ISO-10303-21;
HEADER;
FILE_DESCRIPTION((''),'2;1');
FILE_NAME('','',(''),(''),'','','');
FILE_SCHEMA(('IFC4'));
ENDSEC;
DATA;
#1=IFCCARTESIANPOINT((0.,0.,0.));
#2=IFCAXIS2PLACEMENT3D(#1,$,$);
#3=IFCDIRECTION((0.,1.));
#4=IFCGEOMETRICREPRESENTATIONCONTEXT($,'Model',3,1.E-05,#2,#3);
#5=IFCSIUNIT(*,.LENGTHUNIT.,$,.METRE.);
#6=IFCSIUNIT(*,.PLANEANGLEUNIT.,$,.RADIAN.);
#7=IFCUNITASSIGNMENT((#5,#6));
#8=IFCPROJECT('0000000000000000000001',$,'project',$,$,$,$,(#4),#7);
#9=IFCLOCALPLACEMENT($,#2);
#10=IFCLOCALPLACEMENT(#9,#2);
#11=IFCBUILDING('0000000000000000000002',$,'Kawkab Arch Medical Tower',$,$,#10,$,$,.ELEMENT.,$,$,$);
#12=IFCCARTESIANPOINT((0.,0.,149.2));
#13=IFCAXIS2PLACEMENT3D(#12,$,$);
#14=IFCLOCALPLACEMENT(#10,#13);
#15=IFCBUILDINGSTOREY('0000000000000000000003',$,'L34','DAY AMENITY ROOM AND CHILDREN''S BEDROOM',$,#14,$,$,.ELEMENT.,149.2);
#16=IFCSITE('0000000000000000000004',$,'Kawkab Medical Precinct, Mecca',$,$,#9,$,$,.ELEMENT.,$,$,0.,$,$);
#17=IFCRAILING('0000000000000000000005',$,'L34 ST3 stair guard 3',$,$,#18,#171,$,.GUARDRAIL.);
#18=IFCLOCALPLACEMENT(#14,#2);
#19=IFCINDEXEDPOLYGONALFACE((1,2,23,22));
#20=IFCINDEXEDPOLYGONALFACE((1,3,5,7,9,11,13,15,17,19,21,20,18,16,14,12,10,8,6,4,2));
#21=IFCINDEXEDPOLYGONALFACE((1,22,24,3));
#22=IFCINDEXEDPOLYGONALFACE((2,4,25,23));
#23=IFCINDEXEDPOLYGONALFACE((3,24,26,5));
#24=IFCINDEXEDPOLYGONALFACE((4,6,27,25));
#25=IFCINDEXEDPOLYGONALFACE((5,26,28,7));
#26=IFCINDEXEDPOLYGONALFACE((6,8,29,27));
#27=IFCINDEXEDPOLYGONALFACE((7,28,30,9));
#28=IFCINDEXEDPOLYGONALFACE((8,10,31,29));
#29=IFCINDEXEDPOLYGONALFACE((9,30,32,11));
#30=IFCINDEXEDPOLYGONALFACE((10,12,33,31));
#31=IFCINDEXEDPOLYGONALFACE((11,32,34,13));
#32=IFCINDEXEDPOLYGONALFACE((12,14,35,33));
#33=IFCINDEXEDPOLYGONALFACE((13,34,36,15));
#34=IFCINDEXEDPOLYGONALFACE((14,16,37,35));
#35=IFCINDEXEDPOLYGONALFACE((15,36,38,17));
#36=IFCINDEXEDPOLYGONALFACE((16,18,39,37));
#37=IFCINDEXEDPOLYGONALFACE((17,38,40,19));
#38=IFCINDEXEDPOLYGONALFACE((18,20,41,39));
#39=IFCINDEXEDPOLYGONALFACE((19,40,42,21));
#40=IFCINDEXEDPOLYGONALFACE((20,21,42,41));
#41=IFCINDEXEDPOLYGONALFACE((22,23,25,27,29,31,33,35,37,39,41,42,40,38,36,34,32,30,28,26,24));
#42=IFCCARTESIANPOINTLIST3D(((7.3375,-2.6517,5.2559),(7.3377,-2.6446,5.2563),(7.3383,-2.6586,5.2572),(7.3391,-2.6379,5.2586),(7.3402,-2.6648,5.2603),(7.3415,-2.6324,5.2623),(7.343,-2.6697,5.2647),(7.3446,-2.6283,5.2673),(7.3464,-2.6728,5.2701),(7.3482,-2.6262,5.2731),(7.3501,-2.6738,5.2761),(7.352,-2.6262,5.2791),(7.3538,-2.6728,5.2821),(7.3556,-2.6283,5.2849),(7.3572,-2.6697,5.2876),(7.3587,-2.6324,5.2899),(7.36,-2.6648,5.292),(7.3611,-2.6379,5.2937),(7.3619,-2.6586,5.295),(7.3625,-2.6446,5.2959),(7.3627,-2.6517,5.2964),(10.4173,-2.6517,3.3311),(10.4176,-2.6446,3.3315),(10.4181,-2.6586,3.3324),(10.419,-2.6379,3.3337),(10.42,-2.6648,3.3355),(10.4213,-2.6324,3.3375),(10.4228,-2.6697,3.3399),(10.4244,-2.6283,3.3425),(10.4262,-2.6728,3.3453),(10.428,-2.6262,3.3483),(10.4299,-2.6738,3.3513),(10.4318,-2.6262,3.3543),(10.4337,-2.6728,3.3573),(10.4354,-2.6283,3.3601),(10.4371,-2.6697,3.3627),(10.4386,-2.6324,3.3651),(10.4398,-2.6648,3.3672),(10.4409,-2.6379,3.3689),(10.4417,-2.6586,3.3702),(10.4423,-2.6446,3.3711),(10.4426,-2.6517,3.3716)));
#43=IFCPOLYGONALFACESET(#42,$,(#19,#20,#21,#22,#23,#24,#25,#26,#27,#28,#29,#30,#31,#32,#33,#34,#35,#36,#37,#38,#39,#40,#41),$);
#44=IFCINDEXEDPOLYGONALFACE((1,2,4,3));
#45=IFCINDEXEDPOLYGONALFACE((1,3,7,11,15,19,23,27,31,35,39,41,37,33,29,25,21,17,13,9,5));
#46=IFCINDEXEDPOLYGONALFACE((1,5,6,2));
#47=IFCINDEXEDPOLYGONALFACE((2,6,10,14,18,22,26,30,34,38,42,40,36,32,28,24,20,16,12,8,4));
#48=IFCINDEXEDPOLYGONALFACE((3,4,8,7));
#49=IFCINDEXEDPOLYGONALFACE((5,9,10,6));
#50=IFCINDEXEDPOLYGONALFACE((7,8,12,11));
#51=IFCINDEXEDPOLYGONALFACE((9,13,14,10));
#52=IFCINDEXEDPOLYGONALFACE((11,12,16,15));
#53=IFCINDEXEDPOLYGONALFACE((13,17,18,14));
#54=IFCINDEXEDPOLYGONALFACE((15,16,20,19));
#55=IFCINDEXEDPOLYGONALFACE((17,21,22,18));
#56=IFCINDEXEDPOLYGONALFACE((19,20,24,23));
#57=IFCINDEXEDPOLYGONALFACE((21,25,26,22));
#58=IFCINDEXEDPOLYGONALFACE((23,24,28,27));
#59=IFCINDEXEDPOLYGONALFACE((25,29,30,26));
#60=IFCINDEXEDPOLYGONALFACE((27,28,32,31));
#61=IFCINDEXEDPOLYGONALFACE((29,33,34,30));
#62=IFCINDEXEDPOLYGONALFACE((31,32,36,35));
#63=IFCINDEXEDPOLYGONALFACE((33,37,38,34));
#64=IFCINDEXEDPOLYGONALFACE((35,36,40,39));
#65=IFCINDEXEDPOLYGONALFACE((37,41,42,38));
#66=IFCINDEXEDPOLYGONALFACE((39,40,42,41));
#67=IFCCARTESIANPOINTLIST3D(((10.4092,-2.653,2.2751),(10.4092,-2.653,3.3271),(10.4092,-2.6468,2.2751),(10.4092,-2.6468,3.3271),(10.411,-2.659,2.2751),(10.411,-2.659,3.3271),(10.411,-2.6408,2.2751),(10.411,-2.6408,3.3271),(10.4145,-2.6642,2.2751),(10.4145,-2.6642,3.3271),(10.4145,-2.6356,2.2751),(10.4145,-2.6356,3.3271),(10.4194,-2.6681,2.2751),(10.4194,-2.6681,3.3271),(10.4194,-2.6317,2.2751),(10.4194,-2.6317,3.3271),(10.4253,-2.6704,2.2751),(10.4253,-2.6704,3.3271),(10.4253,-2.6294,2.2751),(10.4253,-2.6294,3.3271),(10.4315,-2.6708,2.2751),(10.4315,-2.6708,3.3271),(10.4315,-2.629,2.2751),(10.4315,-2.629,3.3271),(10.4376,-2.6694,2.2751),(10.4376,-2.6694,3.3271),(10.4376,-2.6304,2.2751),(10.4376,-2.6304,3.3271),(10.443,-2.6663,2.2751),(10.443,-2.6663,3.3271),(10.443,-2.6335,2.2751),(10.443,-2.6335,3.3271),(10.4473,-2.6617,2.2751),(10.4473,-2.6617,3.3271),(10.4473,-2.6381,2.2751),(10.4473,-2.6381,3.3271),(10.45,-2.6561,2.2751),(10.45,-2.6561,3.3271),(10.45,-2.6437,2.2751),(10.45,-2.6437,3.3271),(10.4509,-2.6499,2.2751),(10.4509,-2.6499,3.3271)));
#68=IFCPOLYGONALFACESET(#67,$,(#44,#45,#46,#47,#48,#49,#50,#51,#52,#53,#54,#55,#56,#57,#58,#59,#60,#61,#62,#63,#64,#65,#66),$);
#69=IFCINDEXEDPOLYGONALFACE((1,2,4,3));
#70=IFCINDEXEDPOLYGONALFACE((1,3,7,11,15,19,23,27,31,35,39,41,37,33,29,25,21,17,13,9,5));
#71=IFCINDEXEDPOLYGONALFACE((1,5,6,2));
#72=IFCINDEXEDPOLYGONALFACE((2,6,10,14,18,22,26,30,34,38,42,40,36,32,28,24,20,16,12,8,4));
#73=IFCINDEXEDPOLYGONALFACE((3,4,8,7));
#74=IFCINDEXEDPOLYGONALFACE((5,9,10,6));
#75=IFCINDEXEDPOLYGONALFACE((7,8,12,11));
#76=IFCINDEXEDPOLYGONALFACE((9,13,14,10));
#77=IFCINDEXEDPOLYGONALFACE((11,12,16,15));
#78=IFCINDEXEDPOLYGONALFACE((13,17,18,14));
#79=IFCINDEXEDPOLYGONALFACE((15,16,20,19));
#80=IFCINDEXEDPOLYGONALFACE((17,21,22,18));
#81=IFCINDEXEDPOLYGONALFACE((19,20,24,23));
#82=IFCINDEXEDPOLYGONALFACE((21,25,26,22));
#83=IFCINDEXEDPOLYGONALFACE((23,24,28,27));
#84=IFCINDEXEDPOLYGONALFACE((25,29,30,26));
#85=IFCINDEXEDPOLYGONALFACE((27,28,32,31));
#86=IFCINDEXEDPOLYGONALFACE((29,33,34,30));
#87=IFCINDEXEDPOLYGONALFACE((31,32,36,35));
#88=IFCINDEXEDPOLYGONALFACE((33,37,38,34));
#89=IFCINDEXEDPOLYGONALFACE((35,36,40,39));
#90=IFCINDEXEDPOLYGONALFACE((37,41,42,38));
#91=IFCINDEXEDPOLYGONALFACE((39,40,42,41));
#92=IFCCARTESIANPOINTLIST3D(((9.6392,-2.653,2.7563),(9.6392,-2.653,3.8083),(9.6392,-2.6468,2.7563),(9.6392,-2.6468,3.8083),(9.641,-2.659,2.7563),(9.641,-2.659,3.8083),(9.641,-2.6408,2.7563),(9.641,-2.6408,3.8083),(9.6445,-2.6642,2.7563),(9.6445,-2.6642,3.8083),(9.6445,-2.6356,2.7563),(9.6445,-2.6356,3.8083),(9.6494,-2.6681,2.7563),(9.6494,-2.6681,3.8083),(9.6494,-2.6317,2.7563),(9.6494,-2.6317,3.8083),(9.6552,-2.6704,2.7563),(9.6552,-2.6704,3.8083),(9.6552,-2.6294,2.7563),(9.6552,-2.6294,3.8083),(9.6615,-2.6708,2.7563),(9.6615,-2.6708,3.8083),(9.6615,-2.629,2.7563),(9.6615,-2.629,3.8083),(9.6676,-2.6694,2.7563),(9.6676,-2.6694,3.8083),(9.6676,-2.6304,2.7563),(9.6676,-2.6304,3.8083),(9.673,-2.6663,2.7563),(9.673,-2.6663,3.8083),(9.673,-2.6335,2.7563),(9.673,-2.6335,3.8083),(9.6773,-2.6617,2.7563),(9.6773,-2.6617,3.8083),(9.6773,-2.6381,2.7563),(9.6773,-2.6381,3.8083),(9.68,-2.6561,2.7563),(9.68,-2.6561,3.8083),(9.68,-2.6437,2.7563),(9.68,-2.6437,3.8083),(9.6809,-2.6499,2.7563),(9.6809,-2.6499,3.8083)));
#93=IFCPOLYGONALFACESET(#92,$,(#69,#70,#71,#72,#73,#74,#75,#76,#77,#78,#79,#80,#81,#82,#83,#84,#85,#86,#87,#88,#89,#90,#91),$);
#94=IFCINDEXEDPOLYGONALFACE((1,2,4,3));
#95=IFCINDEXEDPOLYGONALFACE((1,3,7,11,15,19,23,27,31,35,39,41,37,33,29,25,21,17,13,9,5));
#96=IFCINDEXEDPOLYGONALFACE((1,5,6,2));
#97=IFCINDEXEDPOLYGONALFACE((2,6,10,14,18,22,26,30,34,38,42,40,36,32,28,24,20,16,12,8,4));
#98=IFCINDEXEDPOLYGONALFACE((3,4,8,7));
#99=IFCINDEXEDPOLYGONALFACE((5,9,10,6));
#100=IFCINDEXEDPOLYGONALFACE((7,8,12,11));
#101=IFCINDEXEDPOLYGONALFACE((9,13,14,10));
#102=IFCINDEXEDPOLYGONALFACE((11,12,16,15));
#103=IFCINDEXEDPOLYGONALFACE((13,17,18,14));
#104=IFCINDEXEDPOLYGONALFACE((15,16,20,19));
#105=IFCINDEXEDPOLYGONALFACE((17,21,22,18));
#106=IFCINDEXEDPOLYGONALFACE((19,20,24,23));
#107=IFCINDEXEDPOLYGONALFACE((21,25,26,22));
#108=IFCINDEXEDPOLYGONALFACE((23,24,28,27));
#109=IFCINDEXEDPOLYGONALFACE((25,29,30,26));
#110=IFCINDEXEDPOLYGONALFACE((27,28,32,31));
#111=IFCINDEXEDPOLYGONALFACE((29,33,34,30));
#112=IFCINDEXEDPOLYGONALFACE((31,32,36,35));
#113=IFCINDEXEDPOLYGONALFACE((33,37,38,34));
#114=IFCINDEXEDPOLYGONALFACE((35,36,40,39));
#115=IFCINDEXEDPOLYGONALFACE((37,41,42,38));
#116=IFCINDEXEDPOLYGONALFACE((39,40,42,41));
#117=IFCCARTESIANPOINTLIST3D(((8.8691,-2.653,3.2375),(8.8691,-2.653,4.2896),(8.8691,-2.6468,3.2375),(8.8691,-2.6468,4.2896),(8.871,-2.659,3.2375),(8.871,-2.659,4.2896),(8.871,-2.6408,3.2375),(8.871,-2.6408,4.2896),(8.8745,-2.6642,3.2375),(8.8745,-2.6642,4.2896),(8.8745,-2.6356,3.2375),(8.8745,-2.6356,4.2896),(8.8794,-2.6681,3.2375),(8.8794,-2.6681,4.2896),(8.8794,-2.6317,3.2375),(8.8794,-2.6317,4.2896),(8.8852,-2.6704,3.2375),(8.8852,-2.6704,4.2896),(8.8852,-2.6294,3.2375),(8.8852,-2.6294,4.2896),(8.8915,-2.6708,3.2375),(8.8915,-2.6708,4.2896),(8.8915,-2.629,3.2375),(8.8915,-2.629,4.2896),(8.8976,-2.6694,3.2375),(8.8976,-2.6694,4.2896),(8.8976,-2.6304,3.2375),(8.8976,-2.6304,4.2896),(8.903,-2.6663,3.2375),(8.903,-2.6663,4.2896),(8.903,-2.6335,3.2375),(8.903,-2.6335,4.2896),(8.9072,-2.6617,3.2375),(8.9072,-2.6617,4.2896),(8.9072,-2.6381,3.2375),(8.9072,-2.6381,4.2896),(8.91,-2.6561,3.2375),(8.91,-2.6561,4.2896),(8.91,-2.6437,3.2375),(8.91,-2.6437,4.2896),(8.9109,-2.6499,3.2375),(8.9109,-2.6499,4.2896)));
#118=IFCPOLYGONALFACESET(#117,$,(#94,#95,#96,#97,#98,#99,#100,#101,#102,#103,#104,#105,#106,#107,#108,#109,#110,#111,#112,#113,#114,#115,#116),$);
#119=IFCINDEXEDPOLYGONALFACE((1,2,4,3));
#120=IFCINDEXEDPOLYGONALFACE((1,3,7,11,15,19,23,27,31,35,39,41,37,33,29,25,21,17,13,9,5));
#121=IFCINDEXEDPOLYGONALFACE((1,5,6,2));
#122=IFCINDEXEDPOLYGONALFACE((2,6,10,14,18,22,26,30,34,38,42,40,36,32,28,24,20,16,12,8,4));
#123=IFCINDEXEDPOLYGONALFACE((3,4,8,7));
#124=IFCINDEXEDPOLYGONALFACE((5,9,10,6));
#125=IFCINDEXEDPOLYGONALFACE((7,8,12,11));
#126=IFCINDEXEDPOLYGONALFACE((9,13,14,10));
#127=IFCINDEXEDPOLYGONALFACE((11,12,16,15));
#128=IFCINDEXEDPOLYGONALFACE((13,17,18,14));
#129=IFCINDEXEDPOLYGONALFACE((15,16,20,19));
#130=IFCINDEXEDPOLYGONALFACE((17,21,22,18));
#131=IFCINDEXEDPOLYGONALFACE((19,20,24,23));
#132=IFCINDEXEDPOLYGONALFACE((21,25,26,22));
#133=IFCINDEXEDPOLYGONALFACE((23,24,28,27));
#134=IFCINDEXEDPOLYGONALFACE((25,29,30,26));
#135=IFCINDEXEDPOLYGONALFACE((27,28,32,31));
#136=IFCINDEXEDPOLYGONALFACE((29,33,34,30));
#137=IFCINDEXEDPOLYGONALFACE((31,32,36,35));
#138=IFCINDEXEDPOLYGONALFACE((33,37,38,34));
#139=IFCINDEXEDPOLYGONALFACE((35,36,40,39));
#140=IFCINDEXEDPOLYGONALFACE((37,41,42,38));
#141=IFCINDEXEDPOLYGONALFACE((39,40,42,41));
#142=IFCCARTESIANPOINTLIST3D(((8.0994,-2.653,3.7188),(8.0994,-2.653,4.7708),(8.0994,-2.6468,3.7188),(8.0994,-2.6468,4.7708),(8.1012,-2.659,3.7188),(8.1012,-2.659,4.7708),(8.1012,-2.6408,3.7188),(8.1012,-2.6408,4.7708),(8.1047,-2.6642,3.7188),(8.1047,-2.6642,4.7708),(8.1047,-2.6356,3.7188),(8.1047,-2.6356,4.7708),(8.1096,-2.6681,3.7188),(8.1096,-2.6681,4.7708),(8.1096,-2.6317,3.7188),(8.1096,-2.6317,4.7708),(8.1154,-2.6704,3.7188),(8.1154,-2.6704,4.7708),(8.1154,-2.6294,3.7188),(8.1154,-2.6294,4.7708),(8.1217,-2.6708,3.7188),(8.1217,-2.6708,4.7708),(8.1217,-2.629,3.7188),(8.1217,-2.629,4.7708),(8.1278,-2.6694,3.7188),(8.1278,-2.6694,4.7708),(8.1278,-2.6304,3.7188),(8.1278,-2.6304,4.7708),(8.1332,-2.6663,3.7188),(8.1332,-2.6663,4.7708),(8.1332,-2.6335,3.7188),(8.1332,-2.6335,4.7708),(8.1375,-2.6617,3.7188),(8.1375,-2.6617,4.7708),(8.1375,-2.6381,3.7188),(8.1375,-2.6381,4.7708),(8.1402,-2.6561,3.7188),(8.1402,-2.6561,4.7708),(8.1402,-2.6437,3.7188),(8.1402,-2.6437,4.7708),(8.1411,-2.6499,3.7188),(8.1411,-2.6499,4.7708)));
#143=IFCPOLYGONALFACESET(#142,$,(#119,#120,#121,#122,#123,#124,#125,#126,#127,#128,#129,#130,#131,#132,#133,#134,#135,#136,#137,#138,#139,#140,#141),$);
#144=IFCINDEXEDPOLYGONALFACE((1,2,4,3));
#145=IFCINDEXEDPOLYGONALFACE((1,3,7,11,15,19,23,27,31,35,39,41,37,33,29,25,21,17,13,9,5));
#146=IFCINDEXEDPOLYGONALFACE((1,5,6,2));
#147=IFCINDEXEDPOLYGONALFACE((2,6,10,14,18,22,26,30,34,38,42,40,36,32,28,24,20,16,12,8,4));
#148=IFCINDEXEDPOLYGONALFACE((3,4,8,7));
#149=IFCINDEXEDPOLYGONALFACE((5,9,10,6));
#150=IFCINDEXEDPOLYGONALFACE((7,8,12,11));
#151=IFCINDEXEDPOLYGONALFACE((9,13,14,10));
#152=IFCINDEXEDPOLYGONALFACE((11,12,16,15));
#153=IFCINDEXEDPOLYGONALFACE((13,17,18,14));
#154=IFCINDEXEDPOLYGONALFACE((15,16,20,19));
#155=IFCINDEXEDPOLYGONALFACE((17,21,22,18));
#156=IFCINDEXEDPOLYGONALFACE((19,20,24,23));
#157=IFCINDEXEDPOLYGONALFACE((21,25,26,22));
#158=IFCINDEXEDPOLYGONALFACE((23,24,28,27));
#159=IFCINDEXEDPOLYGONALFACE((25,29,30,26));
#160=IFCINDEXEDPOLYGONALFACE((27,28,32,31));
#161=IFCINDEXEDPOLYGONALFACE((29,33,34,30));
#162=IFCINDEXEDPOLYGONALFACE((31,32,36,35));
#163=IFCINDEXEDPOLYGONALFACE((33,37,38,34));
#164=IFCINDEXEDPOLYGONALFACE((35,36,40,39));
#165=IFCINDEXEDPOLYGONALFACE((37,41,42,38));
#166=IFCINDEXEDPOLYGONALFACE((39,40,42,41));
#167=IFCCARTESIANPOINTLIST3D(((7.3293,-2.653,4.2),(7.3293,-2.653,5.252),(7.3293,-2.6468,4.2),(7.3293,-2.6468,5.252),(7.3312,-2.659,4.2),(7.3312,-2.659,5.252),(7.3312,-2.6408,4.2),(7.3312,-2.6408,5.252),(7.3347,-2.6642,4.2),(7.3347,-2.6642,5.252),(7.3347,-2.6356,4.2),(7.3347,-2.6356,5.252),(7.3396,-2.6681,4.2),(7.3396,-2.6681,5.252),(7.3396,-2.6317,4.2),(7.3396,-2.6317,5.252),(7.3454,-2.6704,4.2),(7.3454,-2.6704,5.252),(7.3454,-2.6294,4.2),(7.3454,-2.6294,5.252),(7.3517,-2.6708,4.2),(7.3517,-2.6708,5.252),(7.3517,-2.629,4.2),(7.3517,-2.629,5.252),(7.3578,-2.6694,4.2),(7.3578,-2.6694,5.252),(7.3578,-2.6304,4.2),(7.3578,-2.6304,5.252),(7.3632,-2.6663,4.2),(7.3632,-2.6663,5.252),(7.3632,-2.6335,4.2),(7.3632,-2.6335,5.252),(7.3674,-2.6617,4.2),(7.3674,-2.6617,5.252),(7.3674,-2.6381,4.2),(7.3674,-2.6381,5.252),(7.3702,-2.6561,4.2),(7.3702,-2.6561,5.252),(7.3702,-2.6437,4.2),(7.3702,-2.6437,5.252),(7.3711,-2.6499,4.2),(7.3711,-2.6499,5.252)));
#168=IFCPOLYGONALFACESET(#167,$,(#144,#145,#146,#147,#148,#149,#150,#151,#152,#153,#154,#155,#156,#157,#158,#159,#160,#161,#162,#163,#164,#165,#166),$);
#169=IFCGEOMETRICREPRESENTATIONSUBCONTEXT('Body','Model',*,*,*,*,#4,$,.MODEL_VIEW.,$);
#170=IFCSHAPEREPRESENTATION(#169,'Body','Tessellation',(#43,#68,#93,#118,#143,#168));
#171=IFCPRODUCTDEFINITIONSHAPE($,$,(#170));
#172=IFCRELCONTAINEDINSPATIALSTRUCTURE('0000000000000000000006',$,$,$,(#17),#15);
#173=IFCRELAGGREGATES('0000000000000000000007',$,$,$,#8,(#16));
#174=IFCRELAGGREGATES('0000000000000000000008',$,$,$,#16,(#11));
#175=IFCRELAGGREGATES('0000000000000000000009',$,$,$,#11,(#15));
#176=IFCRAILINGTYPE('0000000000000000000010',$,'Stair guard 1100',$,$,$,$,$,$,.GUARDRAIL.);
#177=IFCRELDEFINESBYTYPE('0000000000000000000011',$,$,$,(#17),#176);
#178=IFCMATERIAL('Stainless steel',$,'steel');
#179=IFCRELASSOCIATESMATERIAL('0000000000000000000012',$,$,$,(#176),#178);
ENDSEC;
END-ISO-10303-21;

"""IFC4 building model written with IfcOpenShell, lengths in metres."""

from ifc_helpers import new_model, si_unit, direction, frame, origin, origin_2d, place, context, subcontext, project, spatial, circle, extrude, material, type_object, element, save


model = new_model("IFC4")

# Units and contexts
model_context = context("Model", 3, precision=1e-05, world=origin(), true_north=direction((0.0, 1.0)))
body_context = subcontext(model_context, "Body", "Model", "MODEL_VIEW")
ifc_project = project(units=[si_unit("LENGTHUNIT", "METRE"), si_unit("PLANEANGLEUNIT", "RADIAN")], contexts=[model_context])

# Site, building, storey
site_placement = place(None, origin())
site = spatial("IfcSite", under=ifc_project, at=site_placement, Name="Kawkab Medical Precinct, Mecca", CompositionType="ELEMENT", RefElevation=0.0)
building_placement = place(site_placement, origin())
building = spatial("IfcBuilding", under=site, at=building_placement, Name="Kawkab Arch Medical Tower", CompositionType="ELEMENT")
storey_placement = place(building_placement, frame((0.0, 0.0, 149.2)))
storey = spatial("IfcBuildingStorey", under=building, at=storey_placement, Name="L34", Description="DAY AMENITY ROOM AND CHILDREN'S BEDROOM", CompositionType="ELEMENT", Elevation=149.2)

# Railing
ifc_material_1 = material(Name="Stainless steel", Category="steel")
railing_type_1 = type_object("IfcRailingType", Name="Stair guard 1100", PredefinedType="GUARDRAIL", material=ifc_material_1)
railing_1_placement = place(storey_placement, frame((10.4299, -2.6499, 2.2751)))
element("IfcRailing", 1, at=railing_1_placement, inside=storey, type_object=railing_type_1, Name="L34 ST3 stair guard 3", PredefinedType="GUARDRAIL", context=body_context, shape_type="SweptSolid", body=[
    extrude(circle(Radius=0.0239, at=origin_2d()), frame((0.0, 0.0, 1.0762), z_axis=(-0.84801, 0.0, 0.529981), x_axis=(0.0, -1.0, 0.0)), (0.0, 0.0, 1.0), 3.6318),
    extrude(circle(Radius=0.021, at=origin_2d()), origin(), (0.0, 0.0, 1.0), 1.052),
    extrude(circle(Radius=0.021, at=origin_2d()), frame((-0.77, 0.0, 0.4812)), (0.0, 0.0, 1.0), 1.052),
    extrude(circle(Radius=0.021, at=origin_2d()), frame((-1.54, 0.0, 0.9624)), (0.0, 0.0, 1.0), 1.052),
    extrude(circle(Radius=0.021, at=origin_2d()), frame((-2.3098, 0.0, 1.4436)), (0.0, 0.0, 1.0), 1.052),
    extrude(circle(Radius=0.021, at=origin_2d()), frame((-3.0798, 0.0, 1.9248)), (0.0, 0.0, 1.0), 1.052),
])

save(model, "model.ifc")
